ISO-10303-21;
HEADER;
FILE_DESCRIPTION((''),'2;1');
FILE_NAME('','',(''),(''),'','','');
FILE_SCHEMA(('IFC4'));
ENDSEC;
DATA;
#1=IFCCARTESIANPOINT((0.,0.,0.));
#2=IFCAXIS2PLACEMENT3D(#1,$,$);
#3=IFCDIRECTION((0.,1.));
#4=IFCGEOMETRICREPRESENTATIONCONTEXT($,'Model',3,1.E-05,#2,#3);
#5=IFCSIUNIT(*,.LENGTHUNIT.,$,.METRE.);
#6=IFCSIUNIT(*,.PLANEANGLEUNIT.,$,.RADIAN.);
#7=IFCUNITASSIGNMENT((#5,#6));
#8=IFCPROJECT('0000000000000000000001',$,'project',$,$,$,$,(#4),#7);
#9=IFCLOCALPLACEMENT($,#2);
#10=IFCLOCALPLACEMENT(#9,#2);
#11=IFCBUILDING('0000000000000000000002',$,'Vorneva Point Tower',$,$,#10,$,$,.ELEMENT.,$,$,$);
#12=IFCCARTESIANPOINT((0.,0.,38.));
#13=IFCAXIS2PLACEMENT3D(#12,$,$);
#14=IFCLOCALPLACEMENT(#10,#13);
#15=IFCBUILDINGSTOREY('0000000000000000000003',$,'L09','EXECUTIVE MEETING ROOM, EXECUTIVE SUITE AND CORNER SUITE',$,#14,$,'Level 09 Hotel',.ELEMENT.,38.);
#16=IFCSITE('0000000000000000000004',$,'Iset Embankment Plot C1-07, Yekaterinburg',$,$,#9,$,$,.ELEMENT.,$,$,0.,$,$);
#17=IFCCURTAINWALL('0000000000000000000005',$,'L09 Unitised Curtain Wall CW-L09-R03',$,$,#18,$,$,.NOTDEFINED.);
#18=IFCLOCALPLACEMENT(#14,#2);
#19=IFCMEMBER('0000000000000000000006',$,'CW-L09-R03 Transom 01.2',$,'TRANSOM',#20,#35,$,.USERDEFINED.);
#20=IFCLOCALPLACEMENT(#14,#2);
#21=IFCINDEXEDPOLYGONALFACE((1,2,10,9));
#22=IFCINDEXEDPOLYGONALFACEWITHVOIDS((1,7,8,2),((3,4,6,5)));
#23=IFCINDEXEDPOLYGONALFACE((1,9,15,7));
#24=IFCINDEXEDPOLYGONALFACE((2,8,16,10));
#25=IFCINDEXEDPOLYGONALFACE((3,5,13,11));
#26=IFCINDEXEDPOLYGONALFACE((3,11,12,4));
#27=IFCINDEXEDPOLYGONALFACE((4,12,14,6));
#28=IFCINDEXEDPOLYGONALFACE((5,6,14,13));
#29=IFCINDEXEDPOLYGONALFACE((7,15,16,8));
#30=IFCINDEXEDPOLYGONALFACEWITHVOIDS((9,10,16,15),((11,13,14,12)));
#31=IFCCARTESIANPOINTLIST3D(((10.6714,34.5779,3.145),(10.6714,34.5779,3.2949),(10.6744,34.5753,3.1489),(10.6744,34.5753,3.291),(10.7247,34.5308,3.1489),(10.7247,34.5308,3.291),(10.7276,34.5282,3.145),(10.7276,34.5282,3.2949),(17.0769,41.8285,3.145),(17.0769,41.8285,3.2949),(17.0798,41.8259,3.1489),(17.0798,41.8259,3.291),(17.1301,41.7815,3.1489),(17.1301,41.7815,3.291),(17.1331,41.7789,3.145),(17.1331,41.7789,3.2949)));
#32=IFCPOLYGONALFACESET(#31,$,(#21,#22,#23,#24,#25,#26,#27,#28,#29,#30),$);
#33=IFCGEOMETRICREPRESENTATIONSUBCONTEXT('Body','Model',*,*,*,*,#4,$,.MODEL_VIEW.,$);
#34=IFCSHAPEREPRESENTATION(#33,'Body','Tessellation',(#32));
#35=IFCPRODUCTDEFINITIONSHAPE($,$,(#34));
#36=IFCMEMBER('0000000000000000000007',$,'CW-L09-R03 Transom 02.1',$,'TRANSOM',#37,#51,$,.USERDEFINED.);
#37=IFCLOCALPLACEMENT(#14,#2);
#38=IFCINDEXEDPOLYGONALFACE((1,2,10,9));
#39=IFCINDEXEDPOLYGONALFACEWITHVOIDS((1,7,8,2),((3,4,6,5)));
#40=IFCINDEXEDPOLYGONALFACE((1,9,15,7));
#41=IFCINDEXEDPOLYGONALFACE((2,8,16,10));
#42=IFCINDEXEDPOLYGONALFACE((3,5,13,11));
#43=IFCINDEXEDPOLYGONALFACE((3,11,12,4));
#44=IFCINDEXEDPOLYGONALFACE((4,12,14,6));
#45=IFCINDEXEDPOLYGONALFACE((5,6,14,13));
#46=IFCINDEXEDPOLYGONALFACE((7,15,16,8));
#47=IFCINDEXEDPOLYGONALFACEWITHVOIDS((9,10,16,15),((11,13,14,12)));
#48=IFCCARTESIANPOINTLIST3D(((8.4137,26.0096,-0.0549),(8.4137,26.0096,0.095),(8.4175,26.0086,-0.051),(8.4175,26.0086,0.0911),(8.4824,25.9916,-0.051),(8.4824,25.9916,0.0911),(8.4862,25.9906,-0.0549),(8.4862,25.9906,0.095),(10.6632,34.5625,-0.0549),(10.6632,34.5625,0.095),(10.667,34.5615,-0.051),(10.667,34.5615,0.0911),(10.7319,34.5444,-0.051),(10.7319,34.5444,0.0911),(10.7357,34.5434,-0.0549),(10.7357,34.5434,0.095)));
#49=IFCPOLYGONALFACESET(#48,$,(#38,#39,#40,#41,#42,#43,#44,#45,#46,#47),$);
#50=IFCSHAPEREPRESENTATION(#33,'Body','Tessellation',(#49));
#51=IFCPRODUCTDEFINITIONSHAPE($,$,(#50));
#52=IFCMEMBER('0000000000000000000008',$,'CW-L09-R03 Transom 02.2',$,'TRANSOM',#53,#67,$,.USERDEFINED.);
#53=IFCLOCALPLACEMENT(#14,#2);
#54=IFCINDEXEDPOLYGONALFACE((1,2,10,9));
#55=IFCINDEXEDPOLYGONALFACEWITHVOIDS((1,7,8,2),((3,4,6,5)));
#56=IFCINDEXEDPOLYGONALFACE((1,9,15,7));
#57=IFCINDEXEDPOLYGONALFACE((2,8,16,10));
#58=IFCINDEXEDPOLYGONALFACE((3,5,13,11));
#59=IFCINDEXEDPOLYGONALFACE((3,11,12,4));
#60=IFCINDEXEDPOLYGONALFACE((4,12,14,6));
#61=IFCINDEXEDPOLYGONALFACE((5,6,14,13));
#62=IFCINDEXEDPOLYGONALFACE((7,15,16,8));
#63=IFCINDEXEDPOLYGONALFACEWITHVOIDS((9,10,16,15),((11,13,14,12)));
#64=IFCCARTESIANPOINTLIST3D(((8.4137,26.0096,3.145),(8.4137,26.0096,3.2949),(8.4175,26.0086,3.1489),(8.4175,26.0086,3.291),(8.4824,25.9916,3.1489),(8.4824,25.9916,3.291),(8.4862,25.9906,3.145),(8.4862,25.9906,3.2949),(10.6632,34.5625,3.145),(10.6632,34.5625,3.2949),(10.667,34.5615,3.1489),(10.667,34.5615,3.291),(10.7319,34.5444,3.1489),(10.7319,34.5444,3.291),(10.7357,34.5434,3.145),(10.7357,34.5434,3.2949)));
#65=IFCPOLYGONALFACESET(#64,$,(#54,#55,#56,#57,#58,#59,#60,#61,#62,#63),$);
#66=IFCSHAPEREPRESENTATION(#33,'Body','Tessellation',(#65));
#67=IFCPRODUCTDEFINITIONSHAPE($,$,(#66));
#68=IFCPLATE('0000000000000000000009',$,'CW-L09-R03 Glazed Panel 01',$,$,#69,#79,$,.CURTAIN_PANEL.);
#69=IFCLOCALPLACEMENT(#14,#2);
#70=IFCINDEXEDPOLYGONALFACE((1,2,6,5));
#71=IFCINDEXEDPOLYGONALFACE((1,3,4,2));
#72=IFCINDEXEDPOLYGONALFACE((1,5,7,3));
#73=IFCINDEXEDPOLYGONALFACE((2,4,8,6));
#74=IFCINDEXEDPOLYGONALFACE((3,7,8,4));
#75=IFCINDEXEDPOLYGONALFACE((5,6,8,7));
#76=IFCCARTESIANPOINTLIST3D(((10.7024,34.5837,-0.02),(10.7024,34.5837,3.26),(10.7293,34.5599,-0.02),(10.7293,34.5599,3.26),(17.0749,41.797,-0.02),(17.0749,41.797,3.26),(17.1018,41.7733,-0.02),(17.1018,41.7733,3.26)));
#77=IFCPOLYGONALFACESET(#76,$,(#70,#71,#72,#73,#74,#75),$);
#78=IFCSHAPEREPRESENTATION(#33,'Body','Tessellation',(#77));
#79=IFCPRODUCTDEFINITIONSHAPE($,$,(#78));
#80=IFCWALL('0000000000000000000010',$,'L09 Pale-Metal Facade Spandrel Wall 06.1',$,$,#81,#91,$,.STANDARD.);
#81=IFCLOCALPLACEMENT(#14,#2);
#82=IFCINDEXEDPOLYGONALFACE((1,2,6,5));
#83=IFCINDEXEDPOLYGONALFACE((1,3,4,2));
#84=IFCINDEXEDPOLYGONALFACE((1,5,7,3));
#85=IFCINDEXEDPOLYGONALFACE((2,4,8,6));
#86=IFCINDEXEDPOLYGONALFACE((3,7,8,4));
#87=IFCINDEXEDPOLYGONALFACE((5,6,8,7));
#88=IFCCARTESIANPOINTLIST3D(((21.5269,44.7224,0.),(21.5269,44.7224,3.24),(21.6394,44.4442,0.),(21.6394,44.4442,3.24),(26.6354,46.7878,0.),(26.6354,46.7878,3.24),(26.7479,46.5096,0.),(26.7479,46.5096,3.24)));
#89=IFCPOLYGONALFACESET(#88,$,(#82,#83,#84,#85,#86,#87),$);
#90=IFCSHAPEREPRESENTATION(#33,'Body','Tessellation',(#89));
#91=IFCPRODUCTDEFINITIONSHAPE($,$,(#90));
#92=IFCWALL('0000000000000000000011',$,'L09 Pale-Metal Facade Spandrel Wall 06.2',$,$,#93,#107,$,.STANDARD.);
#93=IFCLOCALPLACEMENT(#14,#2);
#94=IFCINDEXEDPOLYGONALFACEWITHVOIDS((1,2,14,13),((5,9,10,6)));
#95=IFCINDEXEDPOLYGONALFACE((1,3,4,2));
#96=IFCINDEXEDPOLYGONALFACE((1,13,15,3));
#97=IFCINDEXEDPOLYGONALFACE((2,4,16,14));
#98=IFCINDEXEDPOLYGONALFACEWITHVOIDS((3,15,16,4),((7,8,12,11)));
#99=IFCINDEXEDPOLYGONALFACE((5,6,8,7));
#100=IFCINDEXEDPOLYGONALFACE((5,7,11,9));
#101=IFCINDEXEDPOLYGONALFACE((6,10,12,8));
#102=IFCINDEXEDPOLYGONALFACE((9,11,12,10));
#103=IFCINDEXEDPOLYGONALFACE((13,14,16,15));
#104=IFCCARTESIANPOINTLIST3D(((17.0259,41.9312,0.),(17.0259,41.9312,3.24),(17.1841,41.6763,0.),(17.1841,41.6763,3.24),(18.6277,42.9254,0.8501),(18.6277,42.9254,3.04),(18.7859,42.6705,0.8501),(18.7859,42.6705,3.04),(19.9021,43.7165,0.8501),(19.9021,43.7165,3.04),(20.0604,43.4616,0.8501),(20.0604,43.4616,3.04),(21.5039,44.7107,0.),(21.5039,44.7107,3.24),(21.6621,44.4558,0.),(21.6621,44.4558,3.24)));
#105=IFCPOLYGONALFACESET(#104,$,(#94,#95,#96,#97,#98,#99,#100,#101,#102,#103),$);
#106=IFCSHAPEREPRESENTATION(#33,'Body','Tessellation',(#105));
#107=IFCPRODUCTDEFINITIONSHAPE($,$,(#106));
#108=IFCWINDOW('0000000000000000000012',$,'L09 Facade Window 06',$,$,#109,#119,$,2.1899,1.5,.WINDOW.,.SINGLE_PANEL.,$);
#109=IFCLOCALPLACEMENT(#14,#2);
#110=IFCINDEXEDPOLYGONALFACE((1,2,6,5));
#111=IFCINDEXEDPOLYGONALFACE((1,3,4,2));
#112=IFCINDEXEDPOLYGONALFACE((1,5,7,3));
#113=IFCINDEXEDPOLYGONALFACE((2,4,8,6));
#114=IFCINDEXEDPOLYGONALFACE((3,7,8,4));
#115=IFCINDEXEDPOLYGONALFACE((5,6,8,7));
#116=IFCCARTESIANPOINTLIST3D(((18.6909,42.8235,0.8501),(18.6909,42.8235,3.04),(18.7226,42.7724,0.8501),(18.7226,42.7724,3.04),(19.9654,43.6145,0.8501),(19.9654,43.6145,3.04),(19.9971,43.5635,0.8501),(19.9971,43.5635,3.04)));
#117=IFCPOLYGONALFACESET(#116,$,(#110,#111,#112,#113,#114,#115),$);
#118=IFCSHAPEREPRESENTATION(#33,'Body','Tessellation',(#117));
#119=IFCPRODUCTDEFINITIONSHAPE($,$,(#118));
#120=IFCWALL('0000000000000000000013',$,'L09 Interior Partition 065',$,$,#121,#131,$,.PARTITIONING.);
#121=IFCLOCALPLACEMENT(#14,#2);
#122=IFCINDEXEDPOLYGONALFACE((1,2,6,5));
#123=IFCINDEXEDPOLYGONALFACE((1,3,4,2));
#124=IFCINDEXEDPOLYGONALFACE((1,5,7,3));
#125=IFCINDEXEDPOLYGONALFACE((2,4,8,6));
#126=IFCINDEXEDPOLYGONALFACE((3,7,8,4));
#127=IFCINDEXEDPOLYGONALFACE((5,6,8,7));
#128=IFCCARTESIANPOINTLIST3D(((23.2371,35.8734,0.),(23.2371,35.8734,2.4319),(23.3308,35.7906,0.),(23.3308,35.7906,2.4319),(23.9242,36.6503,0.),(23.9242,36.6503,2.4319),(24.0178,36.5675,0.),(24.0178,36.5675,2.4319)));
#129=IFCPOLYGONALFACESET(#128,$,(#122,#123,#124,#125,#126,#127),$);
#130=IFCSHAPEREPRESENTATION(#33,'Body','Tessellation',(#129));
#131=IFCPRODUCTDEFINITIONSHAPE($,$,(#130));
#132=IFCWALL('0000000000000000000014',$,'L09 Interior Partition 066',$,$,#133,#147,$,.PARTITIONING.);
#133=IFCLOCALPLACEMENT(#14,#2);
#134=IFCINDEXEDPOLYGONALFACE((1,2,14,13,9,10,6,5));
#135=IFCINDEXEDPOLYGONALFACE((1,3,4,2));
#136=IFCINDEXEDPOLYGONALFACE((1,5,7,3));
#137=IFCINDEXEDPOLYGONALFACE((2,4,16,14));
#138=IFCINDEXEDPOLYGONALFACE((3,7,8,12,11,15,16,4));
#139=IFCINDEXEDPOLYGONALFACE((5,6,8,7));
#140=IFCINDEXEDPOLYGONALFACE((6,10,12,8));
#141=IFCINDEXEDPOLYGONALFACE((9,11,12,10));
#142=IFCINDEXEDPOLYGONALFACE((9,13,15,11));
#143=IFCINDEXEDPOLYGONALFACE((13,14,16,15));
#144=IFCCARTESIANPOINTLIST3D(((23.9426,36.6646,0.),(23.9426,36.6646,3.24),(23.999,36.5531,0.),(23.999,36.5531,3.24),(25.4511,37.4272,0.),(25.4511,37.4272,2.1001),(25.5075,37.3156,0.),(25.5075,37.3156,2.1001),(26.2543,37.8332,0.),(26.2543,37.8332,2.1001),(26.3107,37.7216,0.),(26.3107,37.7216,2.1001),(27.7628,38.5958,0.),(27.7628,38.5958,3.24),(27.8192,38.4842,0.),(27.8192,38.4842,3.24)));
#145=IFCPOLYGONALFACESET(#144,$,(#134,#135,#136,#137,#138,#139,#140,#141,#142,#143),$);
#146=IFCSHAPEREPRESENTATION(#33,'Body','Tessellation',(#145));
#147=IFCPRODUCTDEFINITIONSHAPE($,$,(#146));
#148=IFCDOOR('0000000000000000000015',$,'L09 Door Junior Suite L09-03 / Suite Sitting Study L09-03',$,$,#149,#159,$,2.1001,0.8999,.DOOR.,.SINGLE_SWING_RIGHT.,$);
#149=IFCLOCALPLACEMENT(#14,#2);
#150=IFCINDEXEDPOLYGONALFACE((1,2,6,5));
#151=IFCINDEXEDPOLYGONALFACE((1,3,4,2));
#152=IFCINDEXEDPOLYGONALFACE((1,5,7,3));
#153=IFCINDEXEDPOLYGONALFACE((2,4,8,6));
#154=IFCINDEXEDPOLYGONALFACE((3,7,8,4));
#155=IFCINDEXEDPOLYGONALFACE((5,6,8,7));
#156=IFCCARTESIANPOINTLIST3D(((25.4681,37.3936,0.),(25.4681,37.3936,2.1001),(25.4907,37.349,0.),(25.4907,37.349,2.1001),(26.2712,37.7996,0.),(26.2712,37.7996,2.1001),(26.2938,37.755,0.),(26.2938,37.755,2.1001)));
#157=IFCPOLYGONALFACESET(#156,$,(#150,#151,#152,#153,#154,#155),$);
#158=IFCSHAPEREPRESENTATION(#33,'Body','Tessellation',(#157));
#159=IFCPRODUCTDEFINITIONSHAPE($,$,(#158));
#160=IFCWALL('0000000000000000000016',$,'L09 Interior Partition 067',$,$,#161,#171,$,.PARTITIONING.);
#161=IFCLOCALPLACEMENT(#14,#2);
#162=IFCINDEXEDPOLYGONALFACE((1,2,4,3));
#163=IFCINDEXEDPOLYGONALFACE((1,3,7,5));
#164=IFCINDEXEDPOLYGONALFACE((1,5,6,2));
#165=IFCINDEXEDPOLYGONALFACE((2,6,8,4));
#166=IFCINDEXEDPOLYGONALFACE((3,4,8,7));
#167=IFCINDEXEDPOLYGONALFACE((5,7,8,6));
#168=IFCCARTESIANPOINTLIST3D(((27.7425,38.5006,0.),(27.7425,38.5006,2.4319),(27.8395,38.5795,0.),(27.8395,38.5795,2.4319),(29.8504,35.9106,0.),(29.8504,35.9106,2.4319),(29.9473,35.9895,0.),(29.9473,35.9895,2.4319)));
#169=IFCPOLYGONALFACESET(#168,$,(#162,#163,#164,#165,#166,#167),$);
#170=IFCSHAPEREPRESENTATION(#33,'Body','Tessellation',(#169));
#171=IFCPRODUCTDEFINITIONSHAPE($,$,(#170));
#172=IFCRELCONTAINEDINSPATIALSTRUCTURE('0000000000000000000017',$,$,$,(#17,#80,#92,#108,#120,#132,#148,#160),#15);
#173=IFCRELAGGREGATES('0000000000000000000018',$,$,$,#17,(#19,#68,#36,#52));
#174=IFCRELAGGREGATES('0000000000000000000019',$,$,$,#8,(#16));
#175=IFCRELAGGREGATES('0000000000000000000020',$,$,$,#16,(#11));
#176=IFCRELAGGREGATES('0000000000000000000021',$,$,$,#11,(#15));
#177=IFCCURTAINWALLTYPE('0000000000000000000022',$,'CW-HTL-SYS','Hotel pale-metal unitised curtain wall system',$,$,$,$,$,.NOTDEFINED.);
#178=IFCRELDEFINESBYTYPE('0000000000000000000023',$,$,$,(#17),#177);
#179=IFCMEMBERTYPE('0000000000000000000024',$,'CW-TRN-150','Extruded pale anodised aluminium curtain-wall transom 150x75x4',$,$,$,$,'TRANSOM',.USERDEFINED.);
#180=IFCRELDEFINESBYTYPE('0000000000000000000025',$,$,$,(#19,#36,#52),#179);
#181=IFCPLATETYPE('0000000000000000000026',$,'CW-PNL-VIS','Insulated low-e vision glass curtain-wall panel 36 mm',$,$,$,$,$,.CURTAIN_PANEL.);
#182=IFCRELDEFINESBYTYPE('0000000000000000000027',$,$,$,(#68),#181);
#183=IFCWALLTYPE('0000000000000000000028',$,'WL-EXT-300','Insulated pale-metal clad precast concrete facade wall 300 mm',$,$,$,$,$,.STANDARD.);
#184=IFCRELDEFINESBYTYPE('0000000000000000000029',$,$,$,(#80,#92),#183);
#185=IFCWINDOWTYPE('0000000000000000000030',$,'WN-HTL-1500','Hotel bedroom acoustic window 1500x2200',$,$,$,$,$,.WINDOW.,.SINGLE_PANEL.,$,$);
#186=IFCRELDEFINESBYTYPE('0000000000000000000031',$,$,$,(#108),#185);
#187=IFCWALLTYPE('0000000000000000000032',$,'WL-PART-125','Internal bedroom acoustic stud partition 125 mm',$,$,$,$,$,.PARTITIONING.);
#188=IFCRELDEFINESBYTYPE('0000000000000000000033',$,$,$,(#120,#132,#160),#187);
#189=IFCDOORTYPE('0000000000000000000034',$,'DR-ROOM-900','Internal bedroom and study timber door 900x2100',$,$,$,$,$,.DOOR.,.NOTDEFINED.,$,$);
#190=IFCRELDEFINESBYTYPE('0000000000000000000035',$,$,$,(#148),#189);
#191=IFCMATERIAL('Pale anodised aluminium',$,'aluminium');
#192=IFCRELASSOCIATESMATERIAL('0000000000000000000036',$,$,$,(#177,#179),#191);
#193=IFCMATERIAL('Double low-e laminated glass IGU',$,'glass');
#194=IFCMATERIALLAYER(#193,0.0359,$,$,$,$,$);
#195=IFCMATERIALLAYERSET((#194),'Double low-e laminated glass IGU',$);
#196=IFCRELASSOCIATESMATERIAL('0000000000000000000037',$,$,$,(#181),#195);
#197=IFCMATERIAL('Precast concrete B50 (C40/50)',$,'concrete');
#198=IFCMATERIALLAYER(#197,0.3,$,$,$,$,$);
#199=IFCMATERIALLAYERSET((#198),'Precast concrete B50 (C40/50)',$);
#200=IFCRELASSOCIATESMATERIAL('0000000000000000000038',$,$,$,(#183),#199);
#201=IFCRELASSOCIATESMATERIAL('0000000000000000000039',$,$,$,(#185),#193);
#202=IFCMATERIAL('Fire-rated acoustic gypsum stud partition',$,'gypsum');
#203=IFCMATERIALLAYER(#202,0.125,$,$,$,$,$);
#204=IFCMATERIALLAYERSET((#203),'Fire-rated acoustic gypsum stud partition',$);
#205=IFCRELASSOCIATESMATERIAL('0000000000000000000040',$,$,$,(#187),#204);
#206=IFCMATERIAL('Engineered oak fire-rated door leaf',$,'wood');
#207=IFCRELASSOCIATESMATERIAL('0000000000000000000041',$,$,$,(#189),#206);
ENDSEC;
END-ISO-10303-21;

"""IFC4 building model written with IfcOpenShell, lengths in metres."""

from ifc_helpers import new_model, si_unit, direction, frame, frame_2d, origin, origin_2d, place, context, subcontext, project, spatial, rectangle, hollow_rectangle, extrude, material, layer, layer_set, material_profile, profile_set, type_object, element, fill, aggregate, save


model = new_model("IFC4")

# Units and contexts
model_context = context("Model", 3, precision=1e-05, world=origin(), true_north=direction((0.0, 1.0)))
body_context = subcontext(model_context, "Body", "Model", "MODEL_VIEW")
ifc_project = project(units=[si_unit("LENGTHUNIT", "METRE"), si_unit("PLANEANGLEUNIT", "RADIAN")], contexts=[model_context])

# Site, building, storey
site_placement = place(None, origin())
site = spatial("IfcSite", under=ifc_project, at=site_placement, Name="Iset Embankment Plot C1-07, Yekaterinburg", CompositionType="ELEMENT", RefElevation=0.0)
building_placement = place(site_placement, origin())
building = spatial("IfcBuilding", under=site, at=building_placement, Name="Vorneva Point Tower", CompositionType="ELEMENT")
storey_placement = place(building_placement, frame((0.0, 0.0, 38.0)))
storey = spatial("IfcBuildingStorey", under=building, at=storey_placement, Name="L09", Description="EXECUTIVE MEETING ROOM, EXECUTIVE SUITE AND CORNER SUITE", LongName="Level 09 Hotel", CompositionType="ELEMENT", Elevation=38.0)

# Shared definitions
ifc_material_1 = material(Name="Pale anodised aluminium", Category="aluminium")
curtain_wall_type = type_object("IfcCurtainWallType", Name="CW-HTL-SYS", Description="Hotel pale-metal unitised curtain wall system", PredefinedType="NOTDEFINED", material=ifc_material_1)

# Curtain wall, members, plate
curtain_wall_1_placement = place(storey_placement, origin())
curtain_wall_1 = element("IfcCurtainWall", 1, at=curtain_wall_1_placement, inside=storey, type_object=curtain_wall_type, Name="L09 Unitised Curtain Wall CW-L09-R03", PredefinedType="NOTDEFINED")
ifc_material_profile_1 = material_profile(ifc_material_1, hollow_rectangle(XDim=0.075, YDim=0.1499, WallThickness=0.0039, at=origin_2d()), Name="AL-TRN 150x75x4")
ifc_profile_set_1 = profile_set([ifc_material_profile_1], Name="Pale anodised aluminium")
member_type_1 = type_object("IfcMemberType", Name="CW-TRN-150", Description="Extruded pale anodised aluminium curtain-wall transom 150x75x4", ElementType="TRANSOM", PredefinedType="USERDEFINED", material=ifc_profile_set_1)
member_1_placement = place(storey_placement, frame((17.105, 41.8037, 3.22), z_axis=(-0.662076, -0.749437, 0.0), x_axis=(0.749437, -0.662076, 0.0)))
member_1 = element("IfcMember", 2, at=member_1_placement, type_object=member_type_1, Name="CW-L09-R03 Transom 01.2", ObjectType="TRANSOM", PredefinedType="USERDEFINED", context=body_context, shape_type="SweptSolid", body=[
    extrude(hollow_rectangle(XDim=0.075, YDim=0.1499, WallThickness=0.0039, at=origin_2d()), origin(), (0.0, 0.0, 1.0), 9.6748),
])
member_2_placement = place(storey_placement, frame((10.6995, 34.553, 0.02), z_axis=(-0.254359, -0.96711, 0.0), x_axis=(0.96711, -0.254359, 0.0)))
member_2 = element("IfcMember", 3, at=member_2_placement, type_object=member_type_1, Name="CW-L09-R03 Transom 02.1", ObjectType="TRANSOM", PredefinedType="USERDEFINED", context=body_context, shape_type="SweptSolid", body=[
    extrude(hollow_rectangle(XDim=0.075, YDim=0.1499, WallThickness=0.0039, at=origin_2d()), origin(), (0.0, 0.0, 1.0), 8.8438),
])
member_3_placement = place(storey_placement, frame((10.6995, 34.553, 3.22), z_axis=(-0.254359, -0.96711, 0.0), x_axis=(0.96711, -0.254359, 0.0)))
member_3 = element("IfcMember", 4, at=member_3_placement, type_object=member_type_1, Name="CW-L09-R03 Transom 02.2", ObjectType="TRANSOM", PredefinedType="USERDEFINED", context=body_context, shape_type="SweptSolid", body=[
    extrude(hollow_rectangle(XDim=0.075, YDim=0.1499, WallThickness=0.0039, at=origin_2d()), origin(), (0.0, 0.0, 1.0), 8.8438),
])
ifc_material_2 = material(Name="Double low-e laminated glass IGU", Category="glass")
ifc_layer_1 = layer(ifc_material_2, 0.0359)
ifc_layer_set_1 = layer_set([ifc_layer_1], Name="Double low-e laminated glass IGU")
plate_type = type_object("IfcPlateType", Name="CW-PNL-VIS", Description="Insulated low-e vision glass curtain-wall panel 36 mm", PredefinedType="CURTAIN_PANEL", material=ifc_layer_set_1)
plate_placement = place(storey_placement, frame((13.9021, 38.1785, -0.02), z_axis=(0.0, 0.0, 1.0), x_axis=(-0.662071, -0.749441, 0.0)))
plate = element("IfcPlate", 5, at=plate_placement, type_object=plate_type, Name="CW-L09-R03 Glazed Panel 01", PredefinedType="CURTAIN_PANEL", context=body_context, shape_type="SweptSolid", body=[
    extrude(rectangle(XDim=9.625, YDim=0.0359, at=origin_2d()), origin(), (0.0, 0.0, 1.0), 3.28),
])
aggregate(curtain_wall_1, [member_1, plate, member_2, member_3])

# Wall
ifc_material_3 = material(Name="Precast concrete B50 (C40/50)", Category="concrete")
ifc_layer_2 = layer(ifc_material_3, 0.3)
ifc_layer_set_2 = layer_set([ifc_layer_2], Name="Precast concrete B50 (C40/50)")
wall_type_1 = type_object("IfcWallType", Name="WL-EXT-300", Description="Insulated pale-metal clad precast concrete facade wall 300 mm", PredefinedType="STANDARD", material=ifc_layer_set_2)
wall_1_placement = place(storey_placement, frame((26.6917, 46.6487, 0.0), z_axis=(0.0, 0.0, 1.0), x_axis=(-0.927095, -0.374826, 0.0)))
element("IfcWall", 6, at=wall_1_placement, inside=storey, type_object=wall_type_1, Name="L09 Pale-Metal Facade Spandrel Wall 06.1", PredefinedType="STANDARD", context=body_context, shape_type="SweptSolid", body=[
    extrude(rectangle(XDim=5.5103, YDim=0.3, at=frame_2d((2.7551, 0.0))), origin(), (0.0, 0.0, 1.0), 3.24),
])

# Wall, opening, window
wall_2_placement = place(storey_placement, frame((21.583, 44.5833, 0.0), z_axis=(0.0, 0.0, 1.0), x_axis=(-0.849634, -0.527373, 0.0)))
wall_2 = element("IfcWall", 7, at=wall_2_placement, inside=storey, type_object=wall_type_1, Name="L09 Pale-Metal Facade Spandrel Wall 06.2", PredefinedType="STANDARD", context=body_context, shape_type="SweptSolid", body=[
    extrude(rectangle(XDim=5.2705, YDim=0.3, at=frame_2d((2.6353, 0.0))), origin(), (0.0, 0.0, 1.0), 3.24),
])
opening_1_placement = place(wall_2_placement, frame((1.8853, 0.0, 0.8501)))
opening_1 = element("IfcOpeningElement", 8, at=opening_1_placement, cuts=wall_2, PredefinedType="OPENING", context=body_context, shape_type="SweptSolid", body=[
    extrude(rectangle(XDim=1.5, YDim=2.1899, at=frame_2d((0.75, 1.095))), frame((0.0, 0.165, 0.0), z_axis=(0.0, -1.0, 0.0), x_axis=(1.0, 0.0, 0.0)), (0.0, 0.0, 1.0), 0.3298),
])
window_type = type_object("IfcWindowType", Name="WN-HTL-1500", Description="Hotel bedroom acoustic window 1500x2200", PartitioningType="SINGLE_PANEL", PredefinedType="WINDOW", material=ifc_material_2)
window_placement = place(opening_1_placement, origin())
window = element("IfcWindow", 9, at=window_placement, inside=storey, type_object=window_type, Name="L09 Facade Window 06", OverallHeight=2.1899, OverallWidth=1.5, PartitioningType="SINGLE_PANEL", PredefinedType="WINDOW", context=body_context, shape_type="SweptSolid", body=[
    extrude(rectangle(XDim=1.5, YDim=2.1899, at=frame_2d((0.75, 1.095))), frame((0.0, 0.03, 0.0), z_axis=(0.0, -1.0, 0.0), x_axis=(1.0, 0.0, 0.0)), (0.0, 0.0, 1.0), 0.0601),
])
fill(opening_1, window)

# Wall
ifc_material_4 = material(Name="Fire-rated acoustic gypsum stud partition", Category="gypsum")
ifc_layer_3 = layer(ifc_material_4, 0.125)
ifc_layer_set_3 = layer_set([ifc_layer_3], Name="Fire-rated acoustic gypsum stud partition")
wall_type_2 = type_object("IfcWallType", Name="WL-PART-125", Description="Internal bedroom acoustic stud partition 125 mm", PredefinedType="PARTITIONING", material=ifc_layer_set_3)
wall_3_placement = place(storey_placement, frame((23.2839, 35.832, 0.0), z_axis=(0.0, 0.0, 1.0), x_axis=(0.662462, 0.749095, 0.0)))
element("IfcWall", 10, at=wall_3_placement, inside=storey, type_object=wall_type_2, Name="L09 Interior Partition 065", PredefinedType="PARTITIONING", context=body_context, shape_type="SweptSolid", body=[
    extrude(rectangle(XDim=1.0371, YDim=0.125, at=frame_2d((0.5186, 0.0))), origin(), (0.0, 0.0, 1.0), 2.4319),
])

# Wall, opening, door
wall_4_placement = place(storey_placement, frame((23.9709, 36.6089, 0.0), z_axis=(0.0, 0.0, 1.0), x_axis=(0.892445, 0.451156, 0.0)))
wall_4 = element("IfcWall", 11, at=wall_4_placement, inside=storey, type_object=wall_type_2, Name="L09 Interior Partition 066", PredefinedType="PARTITIONING", context=body_context, shape_type="SweptSolid", body=[
    extrude(rectangle(XDim=4.2805, YDim=0.125, at=frame_2d((2.1401, 0.0))), origin(), (0.0, 0.0, 1.0), 3.24),
])
opening_2_placement = place(wall_4_placement, frame((1.6902, 0.0, 0.0)))
opening_2 = element("IfcOpeningElement", 12, at=opening_2_placement, cuts=wall_4, PredefinedType="OPENING", context=body_context, shape_type="SweptSolid", body=[
    extrude(rectangle(XDim=0.8999, YDim=2.1001, at=frame_2d((0.45, 1.05))), frame((0.0, 0.0774, 0.0), z_axis=(0.0, -1.0, 0.0), x_axis=(1.0, 0.0, 0.0)), (0.0, 0.0, 1.0), 0.1548),
])
ifc_material_5 = material(Name="Engineered oak fire-rated door leaf", Category="wood")
door_type = type_object("IfcDoorType", Name="DR-ROOM-900", Description="Internal bedroom and study timber door 900x2100", OperationType="NOTDEFINED", PredefinedType="DOOR", material=ifc_material_5)
door_placement = place(opening_2_placement, origin())
door = element("IfcDoor", 13, at=door_placement, inside=storey, type_object=door_type, Name="L09 Door Junior Suite L09-03 / Suite Sitting Study L09-03", OperationType="SINGLE_SWING_RIGHT", OverallHeight=2.1001, OverallWidth=0.8999, PredefinedType="DOOR", context=body_context, shape_type="SweptSolid", body=[
    extrude(rectangle(XDim=0.8999, YDim=2.1001, at=frame_2d((0.45, 1.05))), frame((0.0, 0.0249, 0.0), z_axis=(0.0, -1.0, 0.0), x_axis=(1.0, 0.0, 0.0)), (0.0, 0.0, 1.0), 0.05),
])
fill(opening_2, door)

# Wall
wall_5_placement = place(storey_placement, frame((27.791, 38.54, 0.0), z_axis=(0.0, 0.0, 1.0), x_axis=(0.631217, -0.775606, 0.0)))
element("IfcWall", 14, at=wall_5_placement, inside=storey, type_object=wall_type_2, Name="L09 Interior Partition 067", PredefinedType="PARTITIONING", context=body_context, shape_type="SweptSolid", body=[
    extrude(rectangle(XDim=3.3394, YDim=0.125, at=frame_2d((1.6697, 0.0))), origin(), (0.0, 0.0, 1.0), 2.4319),
])

save(model, "model.ifc")
